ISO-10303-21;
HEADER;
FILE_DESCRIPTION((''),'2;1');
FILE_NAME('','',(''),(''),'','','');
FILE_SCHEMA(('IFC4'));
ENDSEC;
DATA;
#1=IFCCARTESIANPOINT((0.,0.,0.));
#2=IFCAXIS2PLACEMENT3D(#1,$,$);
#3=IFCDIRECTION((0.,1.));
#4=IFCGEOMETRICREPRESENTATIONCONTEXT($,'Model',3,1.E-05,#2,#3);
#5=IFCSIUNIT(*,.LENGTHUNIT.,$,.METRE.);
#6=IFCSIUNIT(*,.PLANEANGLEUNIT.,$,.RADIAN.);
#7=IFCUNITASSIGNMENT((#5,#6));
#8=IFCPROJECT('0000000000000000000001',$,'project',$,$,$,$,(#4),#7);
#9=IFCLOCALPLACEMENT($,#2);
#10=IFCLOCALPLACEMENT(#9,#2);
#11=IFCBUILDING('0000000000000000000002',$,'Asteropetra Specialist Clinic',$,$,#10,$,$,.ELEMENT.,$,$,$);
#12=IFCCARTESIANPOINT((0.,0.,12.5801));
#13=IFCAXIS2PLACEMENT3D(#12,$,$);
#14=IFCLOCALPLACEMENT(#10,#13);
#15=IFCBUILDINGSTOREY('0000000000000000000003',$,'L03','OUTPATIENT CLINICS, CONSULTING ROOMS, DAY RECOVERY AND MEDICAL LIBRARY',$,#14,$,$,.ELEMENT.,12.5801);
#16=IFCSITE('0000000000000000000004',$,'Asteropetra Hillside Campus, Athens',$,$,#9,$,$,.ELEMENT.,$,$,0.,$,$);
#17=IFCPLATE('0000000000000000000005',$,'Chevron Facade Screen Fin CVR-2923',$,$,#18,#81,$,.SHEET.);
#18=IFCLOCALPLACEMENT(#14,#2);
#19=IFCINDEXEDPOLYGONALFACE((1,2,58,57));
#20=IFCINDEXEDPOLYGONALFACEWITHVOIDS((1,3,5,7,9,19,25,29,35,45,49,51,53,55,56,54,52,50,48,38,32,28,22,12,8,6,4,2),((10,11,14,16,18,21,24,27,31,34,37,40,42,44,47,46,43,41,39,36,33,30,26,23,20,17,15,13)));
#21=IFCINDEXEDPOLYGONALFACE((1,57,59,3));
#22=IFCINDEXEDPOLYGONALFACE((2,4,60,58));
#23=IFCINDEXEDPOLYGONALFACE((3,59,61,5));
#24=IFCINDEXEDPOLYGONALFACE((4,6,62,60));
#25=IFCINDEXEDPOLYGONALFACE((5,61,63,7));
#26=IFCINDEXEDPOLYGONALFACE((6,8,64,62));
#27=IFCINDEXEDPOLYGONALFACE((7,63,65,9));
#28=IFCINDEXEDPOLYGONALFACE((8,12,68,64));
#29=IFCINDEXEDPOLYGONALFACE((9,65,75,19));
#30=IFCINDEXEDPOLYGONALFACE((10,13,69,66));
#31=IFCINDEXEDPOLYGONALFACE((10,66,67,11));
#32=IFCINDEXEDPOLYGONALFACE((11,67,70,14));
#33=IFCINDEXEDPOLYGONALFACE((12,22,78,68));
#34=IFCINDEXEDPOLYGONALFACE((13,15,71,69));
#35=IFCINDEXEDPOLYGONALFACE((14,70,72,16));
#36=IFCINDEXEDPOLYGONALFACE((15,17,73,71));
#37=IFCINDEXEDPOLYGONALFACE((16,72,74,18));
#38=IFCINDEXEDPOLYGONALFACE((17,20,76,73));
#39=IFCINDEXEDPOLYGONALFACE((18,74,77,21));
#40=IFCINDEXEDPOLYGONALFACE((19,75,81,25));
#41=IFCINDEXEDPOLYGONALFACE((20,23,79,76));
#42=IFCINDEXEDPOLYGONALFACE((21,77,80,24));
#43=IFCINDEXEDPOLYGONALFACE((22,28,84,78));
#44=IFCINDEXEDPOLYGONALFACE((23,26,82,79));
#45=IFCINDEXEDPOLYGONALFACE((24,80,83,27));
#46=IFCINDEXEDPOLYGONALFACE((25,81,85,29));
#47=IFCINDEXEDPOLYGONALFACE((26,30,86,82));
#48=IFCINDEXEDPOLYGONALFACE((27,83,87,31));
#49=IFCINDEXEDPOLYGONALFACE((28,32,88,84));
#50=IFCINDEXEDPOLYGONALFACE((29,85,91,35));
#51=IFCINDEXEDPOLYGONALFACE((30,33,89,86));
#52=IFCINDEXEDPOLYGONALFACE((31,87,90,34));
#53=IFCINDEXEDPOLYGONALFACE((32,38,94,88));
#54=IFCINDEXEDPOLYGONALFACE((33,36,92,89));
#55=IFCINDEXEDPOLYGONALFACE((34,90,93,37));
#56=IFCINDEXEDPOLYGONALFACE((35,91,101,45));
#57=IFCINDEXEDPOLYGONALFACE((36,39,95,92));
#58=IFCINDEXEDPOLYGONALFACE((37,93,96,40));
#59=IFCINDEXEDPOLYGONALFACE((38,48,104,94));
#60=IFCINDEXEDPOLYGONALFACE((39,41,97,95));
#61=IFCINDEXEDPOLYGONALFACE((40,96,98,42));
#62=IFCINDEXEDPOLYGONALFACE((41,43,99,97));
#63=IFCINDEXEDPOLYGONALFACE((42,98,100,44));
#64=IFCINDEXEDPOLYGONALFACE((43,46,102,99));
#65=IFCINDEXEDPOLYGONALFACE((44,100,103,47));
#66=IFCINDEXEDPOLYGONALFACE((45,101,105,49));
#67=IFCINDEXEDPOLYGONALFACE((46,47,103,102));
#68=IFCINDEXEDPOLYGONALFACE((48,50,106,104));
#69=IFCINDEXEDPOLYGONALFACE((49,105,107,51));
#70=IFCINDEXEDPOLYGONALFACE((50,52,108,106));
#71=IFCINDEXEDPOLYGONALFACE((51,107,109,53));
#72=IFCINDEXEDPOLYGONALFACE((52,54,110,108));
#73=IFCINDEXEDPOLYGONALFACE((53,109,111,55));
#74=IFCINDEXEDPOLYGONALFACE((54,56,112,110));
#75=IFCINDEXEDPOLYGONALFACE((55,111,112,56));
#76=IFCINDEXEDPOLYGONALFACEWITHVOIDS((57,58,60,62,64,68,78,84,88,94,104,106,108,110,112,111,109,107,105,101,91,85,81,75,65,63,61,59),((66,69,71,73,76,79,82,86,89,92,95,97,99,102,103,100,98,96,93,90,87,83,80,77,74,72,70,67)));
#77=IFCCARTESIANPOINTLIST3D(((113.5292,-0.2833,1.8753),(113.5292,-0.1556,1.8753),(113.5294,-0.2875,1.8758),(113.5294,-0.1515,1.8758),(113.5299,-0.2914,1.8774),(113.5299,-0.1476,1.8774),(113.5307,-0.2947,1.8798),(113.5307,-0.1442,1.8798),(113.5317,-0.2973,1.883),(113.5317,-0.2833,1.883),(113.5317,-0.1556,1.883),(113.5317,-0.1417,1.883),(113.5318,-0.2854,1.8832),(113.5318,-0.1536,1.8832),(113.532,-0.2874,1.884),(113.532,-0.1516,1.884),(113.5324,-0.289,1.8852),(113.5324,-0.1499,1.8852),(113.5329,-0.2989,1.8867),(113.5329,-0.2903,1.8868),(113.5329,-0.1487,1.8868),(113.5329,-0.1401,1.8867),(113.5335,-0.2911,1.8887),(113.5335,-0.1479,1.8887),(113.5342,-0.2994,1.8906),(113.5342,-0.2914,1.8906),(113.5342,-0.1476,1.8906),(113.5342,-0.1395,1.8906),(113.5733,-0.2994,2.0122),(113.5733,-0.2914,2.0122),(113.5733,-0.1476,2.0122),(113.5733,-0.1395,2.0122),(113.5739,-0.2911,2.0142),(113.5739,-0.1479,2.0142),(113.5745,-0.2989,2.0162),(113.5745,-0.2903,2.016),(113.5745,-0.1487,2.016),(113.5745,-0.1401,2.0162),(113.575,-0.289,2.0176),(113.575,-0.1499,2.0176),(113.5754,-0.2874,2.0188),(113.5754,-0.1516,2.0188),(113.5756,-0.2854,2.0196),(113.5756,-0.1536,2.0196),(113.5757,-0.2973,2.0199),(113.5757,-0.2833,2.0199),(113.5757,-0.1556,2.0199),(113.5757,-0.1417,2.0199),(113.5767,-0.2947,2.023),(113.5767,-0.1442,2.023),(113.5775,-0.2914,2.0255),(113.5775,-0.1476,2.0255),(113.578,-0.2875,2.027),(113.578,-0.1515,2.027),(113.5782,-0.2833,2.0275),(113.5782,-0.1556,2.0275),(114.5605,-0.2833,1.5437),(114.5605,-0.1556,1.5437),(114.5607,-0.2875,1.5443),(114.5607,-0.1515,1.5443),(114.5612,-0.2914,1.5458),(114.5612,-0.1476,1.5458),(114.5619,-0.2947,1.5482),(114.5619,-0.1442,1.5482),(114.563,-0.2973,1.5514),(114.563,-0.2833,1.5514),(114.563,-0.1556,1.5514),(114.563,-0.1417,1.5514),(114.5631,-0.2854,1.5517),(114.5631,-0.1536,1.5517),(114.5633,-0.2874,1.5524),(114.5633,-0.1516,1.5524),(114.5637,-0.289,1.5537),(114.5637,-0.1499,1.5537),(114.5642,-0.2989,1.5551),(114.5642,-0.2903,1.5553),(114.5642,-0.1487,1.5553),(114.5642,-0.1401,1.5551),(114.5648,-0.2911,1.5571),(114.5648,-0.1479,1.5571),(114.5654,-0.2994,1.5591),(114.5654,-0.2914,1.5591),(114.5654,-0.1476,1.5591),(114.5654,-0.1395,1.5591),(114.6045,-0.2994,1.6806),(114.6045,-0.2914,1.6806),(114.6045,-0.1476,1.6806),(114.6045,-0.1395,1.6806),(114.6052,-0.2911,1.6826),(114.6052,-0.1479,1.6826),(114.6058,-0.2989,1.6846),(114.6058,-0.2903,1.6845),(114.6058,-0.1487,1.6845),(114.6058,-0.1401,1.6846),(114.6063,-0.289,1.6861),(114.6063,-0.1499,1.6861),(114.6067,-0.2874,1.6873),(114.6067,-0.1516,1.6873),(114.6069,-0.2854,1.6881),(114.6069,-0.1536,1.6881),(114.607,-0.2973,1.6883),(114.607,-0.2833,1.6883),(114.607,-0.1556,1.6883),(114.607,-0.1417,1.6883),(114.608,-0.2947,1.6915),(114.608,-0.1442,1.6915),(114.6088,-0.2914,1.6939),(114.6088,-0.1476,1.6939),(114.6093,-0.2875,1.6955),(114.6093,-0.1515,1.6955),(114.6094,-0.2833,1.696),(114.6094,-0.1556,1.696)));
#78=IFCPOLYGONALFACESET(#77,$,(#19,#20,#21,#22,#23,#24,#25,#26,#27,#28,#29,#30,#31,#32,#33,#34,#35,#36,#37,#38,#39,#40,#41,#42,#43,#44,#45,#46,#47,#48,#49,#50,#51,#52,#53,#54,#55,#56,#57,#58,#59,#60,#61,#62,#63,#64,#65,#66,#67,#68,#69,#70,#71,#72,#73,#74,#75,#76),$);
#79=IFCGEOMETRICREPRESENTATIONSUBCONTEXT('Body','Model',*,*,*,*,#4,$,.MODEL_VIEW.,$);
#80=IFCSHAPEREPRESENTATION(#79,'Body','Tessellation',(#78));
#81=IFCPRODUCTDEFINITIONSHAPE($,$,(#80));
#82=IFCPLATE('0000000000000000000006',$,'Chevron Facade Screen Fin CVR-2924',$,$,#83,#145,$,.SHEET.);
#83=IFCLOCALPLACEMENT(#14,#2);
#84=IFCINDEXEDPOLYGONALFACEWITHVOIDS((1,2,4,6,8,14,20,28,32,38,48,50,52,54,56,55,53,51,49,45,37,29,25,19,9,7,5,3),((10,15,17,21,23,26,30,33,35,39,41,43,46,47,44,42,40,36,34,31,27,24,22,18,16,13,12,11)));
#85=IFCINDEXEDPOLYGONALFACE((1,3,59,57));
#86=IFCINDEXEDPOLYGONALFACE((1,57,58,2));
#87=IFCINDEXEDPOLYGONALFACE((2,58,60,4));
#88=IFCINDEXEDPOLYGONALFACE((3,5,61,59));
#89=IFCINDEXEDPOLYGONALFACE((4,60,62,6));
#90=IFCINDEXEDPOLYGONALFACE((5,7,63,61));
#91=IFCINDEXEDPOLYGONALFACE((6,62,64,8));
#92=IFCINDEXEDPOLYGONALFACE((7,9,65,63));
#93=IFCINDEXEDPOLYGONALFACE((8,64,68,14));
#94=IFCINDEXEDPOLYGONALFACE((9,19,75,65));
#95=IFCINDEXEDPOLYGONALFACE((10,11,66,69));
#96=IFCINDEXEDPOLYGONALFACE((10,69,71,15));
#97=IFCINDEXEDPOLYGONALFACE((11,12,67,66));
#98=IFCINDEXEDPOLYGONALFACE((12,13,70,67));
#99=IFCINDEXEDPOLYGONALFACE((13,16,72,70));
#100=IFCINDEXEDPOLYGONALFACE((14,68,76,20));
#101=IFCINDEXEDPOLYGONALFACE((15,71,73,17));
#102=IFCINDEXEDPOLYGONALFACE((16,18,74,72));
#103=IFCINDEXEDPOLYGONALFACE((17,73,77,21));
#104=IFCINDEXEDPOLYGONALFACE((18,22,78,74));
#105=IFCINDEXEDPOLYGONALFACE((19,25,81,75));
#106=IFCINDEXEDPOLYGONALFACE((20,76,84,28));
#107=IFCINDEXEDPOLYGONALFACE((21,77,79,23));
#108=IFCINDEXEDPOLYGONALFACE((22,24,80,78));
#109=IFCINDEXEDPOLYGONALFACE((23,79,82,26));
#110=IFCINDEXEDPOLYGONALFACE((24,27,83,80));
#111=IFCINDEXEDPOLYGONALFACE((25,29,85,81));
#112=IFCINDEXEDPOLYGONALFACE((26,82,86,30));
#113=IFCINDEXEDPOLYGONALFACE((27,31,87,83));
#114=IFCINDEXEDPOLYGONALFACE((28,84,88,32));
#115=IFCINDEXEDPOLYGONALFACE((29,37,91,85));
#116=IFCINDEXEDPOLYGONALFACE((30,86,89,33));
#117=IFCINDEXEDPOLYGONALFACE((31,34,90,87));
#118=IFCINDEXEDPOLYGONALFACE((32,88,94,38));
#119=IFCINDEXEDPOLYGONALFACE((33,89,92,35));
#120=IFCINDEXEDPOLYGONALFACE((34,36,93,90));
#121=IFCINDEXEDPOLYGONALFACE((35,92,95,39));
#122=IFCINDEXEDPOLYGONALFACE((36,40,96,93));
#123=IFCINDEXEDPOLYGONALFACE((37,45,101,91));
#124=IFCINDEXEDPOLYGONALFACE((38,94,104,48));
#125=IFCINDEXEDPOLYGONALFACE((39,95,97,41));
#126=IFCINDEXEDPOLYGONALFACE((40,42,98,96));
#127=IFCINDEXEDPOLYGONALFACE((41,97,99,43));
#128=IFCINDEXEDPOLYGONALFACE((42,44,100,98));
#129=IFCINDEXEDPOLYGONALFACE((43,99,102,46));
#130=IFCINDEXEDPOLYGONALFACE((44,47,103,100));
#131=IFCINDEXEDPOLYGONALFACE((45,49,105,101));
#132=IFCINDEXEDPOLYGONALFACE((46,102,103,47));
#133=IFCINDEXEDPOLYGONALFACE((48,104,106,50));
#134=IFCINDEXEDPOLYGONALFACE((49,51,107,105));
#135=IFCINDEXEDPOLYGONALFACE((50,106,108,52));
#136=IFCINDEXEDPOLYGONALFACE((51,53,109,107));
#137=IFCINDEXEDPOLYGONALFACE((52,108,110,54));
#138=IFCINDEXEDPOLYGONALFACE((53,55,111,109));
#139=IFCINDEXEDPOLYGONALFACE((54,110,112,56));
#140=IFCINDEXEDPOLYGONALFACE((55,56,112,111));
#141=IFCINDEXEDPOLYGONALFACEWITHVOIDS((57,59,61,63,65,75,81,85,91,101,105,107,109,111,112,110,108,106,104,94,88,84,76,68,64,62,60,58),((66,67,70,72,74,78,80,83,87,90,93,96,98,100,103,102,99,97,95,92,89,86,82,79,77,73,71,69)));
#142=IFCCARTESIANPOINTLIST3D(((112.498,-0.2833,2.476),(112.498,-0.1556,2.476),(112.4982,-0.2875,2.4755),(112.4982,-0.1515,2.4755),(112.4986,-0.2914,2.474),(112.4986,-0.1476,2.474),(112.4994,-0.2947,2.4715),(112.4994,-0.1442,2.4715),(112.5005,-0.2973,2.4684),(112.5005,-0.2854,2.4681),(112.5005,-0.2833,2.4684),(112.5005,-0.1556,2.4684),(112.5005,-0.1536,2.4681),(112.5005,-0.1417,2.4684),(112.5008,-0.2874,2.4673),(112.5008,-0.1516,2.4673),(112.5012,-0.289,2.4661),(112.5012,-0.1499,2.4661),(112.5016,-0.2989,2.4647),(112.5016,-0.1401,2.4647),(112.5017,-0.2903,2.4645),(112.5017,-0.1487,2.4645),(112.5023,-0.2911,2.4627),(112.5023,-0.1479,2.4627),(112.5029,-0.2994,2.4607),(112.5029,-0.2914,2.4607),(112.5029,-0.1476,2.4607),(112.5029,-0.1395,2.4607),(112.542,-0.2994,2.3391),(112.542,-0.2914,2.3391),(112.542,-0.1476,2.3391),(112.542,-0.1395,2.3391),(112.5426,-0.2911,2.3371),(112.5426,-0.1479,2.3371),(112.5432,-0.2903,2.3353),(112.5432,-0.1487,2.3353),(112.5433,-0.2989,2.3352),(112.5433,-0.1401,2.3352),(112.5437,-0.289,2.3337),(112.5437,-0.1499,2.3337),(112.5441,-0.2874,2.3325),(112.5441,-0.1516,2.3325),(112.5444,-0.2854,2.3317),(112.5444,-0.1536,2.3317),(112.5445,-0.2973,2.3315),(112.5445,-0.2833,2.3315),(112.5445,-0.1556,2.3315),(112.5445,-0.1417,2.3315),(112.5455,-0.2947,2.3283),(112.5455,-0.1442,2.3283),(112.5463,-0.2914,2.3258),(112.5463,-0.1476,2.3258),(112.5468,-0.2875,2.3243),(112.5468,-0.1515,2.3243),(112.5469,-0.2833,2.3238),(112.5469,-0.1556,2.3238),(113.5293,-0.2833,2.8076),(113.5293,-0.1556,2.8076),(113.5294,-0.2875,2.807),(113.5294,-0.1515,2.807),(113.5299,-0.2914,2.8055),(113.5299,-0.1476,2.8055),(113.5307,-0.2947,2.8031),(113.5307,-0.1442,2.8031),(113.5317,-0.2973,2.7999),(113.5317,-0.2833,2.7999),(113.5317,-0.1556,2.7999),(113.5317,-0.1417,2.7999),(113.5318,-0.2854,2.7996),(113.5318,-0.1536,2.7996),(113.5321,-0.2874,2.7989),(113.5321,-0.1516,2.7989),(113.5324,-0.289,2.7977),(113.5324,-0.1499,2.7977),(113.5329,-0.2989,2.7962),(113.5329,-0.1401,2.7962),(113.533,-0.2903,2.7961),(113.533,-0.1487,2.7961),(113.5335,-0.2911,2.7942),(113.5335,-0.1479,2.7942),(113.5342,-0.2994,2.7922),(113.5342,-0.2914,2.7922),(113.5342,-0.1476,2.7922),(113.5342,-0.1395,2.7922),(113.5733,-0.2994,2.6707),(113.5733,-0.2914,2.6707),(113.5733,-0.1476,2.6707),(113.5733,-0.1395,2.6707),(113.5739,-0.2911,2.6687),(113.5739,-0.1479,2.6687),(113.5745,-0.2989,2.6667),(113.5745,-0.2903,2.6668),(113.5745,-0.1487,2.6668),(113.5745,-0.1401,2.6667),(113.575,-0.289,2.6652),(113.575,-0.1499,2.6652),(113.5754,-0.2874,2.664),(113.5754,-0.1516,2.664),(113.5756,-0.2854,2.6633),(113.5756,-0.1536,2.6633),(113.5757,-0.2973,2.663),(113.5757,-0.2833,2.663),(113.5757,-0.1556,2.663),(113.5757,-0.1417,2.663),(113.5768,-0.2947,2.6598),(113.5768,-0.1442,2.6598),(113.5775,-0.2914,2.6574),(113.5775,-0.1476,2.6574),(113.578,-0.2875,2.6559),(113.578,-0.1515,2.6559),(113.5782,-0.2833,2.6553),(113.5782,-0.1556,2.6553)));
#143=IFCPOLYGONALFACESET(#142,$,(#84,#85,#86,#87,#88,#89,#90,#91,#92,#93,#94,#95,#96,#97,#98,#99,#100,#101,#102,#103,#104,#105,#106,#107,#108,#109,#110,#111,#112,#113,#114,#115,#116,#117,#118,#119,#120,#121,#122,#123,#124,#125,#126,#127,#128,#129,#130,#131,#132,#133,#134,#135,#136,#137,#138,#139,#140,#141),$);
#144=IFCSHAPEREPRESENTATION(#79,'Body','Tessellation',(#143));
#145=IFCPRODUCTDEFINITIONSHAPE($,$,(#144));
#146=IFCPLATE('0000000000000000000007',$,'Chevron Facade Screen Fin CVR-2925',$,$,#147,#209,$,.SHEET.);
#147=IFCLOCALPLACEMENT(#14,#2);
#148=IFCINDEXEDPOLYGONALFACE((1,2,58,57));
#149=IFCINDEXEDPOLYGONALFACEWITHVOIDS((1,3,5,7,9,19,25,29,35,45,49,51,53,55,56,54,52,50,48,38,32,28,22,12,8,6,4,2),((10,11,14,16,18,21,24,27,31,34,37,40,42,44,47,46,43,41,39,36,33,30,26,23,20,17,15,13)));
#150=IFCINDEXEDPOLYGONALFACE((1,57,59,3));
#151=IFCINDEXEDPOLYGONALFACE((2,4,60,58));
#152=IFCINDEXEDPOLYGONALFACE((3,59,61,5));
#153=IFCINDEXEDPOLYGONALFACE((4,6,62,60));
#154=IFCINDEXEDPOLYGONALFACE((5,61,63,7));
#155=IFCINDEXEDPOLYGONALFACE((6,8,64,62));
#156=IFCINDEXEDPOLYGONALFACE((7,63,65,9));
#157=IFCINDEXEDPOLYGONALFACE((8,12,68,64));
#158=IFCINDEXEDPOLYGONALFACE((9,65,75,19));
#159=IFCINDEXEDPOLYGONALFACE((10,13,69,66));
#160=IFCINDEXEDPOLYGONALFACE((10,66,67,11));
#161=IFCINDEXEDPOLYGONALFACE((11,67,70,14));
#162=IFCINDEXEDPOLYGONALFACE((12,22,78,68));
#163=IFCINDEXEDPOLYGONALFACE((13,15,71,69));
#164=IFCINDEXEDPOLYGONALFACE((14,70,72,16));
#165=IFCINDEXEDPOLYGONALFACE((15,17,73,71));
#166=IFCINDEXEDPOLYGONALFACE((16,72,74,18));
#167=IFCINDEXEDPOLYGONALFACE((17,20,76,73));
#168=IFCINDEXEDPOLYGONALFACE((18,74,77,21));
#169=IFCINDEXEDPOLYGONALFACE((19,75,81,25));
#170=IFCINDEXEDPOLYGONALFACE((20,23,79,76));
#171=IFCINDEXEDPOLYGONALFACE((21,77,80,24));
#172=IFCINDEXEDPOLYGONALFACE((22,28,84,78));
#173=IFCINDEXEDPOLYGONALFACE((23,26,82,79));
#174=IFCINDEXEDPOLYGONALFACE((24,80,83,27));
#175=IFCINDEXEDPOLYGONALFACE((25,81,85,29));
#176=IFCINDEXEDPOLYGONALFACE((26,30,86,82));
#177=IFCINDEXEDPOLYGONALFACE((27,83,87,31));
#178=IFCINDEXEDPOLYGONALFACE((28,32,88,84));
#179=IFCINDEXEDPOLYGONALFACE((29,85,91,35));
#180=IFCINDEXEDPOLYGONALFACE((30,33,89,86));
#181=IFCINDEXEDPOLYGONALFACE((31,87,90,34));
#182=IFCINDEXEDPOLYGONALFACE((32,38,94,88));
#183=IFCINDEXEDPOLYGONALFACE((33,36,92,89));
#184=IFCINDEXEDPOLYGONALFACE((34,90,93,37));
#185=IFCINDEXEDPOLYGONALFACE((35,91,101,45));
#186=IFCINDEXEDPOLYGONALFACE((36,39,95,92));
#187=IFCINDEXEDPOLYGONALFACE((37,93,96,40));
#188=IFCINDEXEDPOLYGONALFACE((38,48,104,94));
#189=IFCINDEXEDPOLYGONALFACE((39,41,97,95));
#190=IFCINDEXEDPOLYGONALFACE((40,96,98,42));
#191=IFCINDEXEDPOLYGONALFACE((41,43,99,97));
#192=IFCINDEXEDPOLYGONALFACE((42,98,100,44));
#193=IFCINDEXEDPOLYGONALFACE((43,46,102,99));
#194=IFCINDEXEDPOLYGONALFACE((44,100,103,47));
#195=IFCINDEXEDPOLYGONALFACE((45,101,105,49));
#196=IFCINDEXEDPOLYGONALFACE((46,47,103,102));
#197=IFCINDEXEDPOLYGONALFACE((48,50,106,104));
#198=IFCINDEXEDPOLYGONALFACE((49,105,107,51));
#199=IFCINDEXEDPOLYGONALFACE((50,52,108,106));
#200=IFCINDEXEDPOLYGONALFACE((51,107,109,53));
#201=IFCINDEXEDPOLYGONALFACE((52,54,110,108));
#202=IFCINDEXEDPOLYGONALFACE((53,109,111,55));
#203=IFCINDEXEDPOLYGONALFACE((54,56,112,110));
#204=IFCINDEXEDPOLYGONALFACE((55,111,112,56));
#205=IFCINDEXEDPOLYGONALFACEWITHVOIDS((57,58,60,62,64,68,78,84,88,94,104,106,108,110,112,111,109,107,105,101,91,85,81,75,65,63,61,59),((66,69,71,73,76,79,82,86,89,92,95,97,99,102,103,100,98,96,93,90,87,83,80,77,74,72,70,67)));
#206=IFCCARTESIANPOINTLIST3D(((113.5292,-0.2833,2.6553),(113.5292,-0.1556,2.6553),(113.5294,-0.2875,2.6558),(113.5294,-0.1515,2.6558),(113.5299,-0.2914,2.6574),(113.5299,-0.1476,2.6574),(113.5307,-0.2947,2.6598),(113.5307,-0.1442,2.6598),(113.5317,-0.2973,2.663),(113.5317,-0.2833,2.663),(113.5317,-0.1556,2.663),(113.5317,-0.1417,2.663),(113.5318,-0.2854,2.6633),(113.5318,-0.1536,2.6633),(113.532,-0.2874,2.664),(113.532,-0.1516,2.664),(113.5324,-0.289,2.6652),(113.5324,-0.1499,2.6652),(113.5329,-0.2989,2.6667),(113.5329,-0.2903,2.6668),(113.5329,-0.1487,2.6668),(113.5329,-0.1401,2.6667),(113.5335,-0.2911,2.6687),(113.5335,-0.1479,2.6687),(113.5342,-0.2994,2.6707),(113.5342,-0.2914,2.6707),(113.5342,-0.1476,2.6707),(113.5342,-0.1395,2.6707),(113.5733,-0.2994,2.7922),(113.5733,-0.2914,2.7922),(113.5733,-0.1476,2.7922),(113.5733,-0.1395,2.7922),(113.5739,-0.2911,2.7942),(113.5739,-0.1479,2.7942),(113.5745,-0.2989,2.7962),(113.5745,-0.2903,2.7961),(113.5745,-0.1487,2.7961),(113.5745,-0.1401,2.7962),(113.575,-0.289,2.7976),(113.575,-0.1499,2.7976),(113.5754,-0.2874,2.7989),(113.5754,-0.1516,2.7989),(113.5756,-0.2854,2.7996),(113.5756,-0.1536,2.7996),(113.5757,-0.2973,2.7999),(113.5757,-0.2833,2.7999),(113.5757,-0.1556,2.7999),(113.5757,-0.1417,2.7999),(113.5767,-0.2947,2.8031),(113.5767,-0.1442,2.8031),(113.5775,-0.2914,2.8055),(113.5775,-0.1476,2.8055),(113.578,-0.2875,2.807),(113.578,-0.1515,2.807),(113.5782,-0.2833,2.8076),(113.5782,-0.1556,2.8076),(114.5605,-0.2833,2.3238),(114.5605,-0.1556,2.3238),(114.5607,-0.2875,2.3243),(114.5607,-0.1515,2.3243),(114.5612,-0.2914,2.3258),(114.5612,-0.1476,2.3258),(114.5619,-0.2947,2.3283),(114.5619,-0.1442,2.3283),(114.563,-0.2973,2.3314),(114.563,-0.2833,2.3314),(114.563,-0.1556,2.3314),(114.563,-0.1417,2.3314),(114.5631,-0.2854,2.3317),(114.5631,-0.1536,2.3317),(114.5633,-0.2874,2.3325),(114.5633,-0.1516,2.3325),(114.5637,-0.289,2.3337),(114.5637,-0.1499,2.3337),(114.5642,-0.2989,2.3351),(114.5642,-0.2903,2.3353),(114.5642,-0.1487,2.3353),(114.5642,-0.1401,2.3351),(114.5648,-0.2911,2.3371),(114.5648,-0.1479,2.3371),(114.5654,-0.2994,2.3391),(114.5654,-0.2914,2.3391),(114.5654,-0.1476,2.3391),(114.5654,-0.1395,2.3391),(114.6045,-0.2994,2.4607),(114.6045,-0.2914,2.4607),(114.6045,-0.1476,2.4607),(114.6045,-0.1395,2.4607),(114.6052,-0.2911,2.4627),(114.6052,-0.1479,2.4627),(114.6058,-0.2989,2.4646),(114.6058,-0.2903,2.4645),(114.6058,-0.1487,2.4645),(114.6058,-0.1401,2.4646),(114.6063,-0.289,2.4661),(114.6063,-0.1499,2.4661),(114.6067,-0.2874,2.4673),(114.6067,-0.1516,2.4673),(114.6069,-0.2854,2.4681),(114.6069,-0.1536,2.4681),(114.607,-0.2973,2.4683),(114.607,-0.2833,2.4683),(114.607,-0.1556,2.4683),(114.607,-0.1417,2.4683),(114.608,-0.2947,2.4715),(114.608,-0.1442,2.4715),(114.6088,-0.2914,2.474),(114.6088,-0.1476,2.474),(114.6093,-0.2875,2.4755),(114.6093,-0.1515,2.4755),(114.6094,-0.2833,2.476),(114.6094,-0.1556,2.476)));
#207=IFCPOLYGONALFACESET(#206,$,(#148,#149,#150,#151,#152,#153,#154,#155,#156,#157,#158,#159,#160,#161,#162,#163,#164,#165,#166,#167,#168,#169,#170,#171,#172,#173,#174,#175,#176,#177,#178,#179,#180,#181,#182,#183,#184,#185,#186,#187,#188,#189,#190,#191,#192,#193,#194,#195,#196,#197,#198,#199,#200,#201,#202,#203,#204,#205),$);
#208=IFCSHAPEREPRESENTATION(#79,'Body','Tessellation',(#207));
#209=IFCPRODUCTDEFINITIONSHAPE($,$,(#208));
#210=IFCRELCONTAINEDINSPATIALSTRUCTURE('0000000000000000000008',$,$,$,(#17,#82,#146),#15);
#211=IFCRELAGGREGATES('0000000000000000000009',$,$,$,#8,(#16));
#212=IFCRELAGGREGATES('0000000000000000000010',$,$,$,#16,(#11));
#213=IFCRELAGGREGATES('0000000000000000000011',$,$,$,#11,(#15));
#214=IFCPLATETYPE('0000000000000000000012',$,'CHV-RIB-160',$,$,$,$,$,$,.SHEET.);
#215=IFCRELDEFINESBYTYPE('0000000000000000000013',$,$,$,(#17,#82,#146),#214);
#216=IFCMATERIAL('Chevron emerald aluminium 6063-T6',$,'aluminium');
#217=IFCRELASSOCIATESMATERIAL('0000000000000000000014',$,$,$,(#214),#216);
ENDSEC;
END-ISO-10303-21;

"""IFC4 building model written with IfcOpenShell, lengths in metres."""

from ifc_helpers import new_model, si_unit, direction, frame, origin, origin_2d, place, context, subcontext, project, spatial, hollow_rectangle, extrude, material, material_profile, profile_set, type_object, element, save


model = new_model("IFC4")

# Units and contexts
model_context = context("Model", 3, precision=1e-05, world=origin(), true_north=direction((0.0, 1.0)))
body_context = subcontext(model_context, "Body", "Model", "MODEL_VIEW")
ifc_project = project(units=[si_unit("LENGTHUNIT", "METRE"), si_unit("PLANEANGLEUNIT", "RADIAN")], contexts=[model_context])

# Site, building, storey
site_placement = place(None, origin())
site = spatial("IfcSite", under=ifc_project, at=site_placement, Name="Asteropetra Hillside Campus, Athens", CompositionType="ELEMENT", RefElevation=0.0)
building_placement = place(site_placement, origin())
building = spatial("IfcBuilding", under=site, at=building_placement, Name="Asteropetra Specialist Clinic", CompositionType="ELEMENT")
storey_placement = place(building_placement, frame((0.0, 0.0, 12.5801)))
storey = spatial("IfcBuildingStorey", under=building, at=storey_placement, Name="L03", Description="OUTPATIENT CLINICS, CONSULTING ROOMS, DAY RECOVERY AND MEDICAL LIBRARY", CompositionType="ELEMENT", Elevation=12.5801)

# Plates
ifc_material_1 = material(Name="Chevron emerald aluminium 6063-T6", Category="aluminium")
ifc_material_profile_1 = material_profile(ifc_material_1, hollow_rectangle(XDim=0.1599, YDim=0.1599, WallThickness=0.0081, InnerFilletRadius=0.0081, OuterFilletRadius=0.0161, at=origin_2d()), Name="SHS 160x160x8.0")
ifc_profile_set_1 = profile_set([ifc_material_profile_1], Name="Chevron emerald aluminium 6063-T6")
plate_type_1 = type_object("IfcPlateType", Name="CHV-RIB-160", PredefinedType="SHEET", material=ifc_profile_set_1)
for number, where, z_axis, x_axis, name in (
    (1, (113.5537, -0.2195, 1.9514), (0.95201, 0.0, -0.306068), (0.0, 1.0, 0.0), "Chevron Facade Screen Fin CVR-2923"),
    (2, (112.5225, -0.2195, 2.3999), (0.95201, 0.0, 0.306068), (0.0, 1.0, 0.0), "Chevron Facade Screen Fin CVR-2924"),
    (3, (113.5537, -0.2195, 2.7314), (0.95201, 0.0, -0.306068), (0.0, 1.0, 0.0), "Chevron Facade Screen Fin CVR-2925"),
):
    element("IfcPlate", number, at=place(storey_placement, frame(where, z_axis=z_axis, x_axis=x_axis)), inside=storey, type_object=plate_type_1, Name=name, PredefinedType="SHEET", context=body_context, shape_type="SweptSolid", body=[
        extrude(hollow_rectangle(XDim=0.1599, YDim=0.1599, WallThickness=0.0081, InnerFilletRadius=0.0081, OuterFilletRadius=0.0161, at=origin_2d()), origin(), (0.0, 0.0, 1.0), 1.0833),
    ])

save(model, "model.ifc")
